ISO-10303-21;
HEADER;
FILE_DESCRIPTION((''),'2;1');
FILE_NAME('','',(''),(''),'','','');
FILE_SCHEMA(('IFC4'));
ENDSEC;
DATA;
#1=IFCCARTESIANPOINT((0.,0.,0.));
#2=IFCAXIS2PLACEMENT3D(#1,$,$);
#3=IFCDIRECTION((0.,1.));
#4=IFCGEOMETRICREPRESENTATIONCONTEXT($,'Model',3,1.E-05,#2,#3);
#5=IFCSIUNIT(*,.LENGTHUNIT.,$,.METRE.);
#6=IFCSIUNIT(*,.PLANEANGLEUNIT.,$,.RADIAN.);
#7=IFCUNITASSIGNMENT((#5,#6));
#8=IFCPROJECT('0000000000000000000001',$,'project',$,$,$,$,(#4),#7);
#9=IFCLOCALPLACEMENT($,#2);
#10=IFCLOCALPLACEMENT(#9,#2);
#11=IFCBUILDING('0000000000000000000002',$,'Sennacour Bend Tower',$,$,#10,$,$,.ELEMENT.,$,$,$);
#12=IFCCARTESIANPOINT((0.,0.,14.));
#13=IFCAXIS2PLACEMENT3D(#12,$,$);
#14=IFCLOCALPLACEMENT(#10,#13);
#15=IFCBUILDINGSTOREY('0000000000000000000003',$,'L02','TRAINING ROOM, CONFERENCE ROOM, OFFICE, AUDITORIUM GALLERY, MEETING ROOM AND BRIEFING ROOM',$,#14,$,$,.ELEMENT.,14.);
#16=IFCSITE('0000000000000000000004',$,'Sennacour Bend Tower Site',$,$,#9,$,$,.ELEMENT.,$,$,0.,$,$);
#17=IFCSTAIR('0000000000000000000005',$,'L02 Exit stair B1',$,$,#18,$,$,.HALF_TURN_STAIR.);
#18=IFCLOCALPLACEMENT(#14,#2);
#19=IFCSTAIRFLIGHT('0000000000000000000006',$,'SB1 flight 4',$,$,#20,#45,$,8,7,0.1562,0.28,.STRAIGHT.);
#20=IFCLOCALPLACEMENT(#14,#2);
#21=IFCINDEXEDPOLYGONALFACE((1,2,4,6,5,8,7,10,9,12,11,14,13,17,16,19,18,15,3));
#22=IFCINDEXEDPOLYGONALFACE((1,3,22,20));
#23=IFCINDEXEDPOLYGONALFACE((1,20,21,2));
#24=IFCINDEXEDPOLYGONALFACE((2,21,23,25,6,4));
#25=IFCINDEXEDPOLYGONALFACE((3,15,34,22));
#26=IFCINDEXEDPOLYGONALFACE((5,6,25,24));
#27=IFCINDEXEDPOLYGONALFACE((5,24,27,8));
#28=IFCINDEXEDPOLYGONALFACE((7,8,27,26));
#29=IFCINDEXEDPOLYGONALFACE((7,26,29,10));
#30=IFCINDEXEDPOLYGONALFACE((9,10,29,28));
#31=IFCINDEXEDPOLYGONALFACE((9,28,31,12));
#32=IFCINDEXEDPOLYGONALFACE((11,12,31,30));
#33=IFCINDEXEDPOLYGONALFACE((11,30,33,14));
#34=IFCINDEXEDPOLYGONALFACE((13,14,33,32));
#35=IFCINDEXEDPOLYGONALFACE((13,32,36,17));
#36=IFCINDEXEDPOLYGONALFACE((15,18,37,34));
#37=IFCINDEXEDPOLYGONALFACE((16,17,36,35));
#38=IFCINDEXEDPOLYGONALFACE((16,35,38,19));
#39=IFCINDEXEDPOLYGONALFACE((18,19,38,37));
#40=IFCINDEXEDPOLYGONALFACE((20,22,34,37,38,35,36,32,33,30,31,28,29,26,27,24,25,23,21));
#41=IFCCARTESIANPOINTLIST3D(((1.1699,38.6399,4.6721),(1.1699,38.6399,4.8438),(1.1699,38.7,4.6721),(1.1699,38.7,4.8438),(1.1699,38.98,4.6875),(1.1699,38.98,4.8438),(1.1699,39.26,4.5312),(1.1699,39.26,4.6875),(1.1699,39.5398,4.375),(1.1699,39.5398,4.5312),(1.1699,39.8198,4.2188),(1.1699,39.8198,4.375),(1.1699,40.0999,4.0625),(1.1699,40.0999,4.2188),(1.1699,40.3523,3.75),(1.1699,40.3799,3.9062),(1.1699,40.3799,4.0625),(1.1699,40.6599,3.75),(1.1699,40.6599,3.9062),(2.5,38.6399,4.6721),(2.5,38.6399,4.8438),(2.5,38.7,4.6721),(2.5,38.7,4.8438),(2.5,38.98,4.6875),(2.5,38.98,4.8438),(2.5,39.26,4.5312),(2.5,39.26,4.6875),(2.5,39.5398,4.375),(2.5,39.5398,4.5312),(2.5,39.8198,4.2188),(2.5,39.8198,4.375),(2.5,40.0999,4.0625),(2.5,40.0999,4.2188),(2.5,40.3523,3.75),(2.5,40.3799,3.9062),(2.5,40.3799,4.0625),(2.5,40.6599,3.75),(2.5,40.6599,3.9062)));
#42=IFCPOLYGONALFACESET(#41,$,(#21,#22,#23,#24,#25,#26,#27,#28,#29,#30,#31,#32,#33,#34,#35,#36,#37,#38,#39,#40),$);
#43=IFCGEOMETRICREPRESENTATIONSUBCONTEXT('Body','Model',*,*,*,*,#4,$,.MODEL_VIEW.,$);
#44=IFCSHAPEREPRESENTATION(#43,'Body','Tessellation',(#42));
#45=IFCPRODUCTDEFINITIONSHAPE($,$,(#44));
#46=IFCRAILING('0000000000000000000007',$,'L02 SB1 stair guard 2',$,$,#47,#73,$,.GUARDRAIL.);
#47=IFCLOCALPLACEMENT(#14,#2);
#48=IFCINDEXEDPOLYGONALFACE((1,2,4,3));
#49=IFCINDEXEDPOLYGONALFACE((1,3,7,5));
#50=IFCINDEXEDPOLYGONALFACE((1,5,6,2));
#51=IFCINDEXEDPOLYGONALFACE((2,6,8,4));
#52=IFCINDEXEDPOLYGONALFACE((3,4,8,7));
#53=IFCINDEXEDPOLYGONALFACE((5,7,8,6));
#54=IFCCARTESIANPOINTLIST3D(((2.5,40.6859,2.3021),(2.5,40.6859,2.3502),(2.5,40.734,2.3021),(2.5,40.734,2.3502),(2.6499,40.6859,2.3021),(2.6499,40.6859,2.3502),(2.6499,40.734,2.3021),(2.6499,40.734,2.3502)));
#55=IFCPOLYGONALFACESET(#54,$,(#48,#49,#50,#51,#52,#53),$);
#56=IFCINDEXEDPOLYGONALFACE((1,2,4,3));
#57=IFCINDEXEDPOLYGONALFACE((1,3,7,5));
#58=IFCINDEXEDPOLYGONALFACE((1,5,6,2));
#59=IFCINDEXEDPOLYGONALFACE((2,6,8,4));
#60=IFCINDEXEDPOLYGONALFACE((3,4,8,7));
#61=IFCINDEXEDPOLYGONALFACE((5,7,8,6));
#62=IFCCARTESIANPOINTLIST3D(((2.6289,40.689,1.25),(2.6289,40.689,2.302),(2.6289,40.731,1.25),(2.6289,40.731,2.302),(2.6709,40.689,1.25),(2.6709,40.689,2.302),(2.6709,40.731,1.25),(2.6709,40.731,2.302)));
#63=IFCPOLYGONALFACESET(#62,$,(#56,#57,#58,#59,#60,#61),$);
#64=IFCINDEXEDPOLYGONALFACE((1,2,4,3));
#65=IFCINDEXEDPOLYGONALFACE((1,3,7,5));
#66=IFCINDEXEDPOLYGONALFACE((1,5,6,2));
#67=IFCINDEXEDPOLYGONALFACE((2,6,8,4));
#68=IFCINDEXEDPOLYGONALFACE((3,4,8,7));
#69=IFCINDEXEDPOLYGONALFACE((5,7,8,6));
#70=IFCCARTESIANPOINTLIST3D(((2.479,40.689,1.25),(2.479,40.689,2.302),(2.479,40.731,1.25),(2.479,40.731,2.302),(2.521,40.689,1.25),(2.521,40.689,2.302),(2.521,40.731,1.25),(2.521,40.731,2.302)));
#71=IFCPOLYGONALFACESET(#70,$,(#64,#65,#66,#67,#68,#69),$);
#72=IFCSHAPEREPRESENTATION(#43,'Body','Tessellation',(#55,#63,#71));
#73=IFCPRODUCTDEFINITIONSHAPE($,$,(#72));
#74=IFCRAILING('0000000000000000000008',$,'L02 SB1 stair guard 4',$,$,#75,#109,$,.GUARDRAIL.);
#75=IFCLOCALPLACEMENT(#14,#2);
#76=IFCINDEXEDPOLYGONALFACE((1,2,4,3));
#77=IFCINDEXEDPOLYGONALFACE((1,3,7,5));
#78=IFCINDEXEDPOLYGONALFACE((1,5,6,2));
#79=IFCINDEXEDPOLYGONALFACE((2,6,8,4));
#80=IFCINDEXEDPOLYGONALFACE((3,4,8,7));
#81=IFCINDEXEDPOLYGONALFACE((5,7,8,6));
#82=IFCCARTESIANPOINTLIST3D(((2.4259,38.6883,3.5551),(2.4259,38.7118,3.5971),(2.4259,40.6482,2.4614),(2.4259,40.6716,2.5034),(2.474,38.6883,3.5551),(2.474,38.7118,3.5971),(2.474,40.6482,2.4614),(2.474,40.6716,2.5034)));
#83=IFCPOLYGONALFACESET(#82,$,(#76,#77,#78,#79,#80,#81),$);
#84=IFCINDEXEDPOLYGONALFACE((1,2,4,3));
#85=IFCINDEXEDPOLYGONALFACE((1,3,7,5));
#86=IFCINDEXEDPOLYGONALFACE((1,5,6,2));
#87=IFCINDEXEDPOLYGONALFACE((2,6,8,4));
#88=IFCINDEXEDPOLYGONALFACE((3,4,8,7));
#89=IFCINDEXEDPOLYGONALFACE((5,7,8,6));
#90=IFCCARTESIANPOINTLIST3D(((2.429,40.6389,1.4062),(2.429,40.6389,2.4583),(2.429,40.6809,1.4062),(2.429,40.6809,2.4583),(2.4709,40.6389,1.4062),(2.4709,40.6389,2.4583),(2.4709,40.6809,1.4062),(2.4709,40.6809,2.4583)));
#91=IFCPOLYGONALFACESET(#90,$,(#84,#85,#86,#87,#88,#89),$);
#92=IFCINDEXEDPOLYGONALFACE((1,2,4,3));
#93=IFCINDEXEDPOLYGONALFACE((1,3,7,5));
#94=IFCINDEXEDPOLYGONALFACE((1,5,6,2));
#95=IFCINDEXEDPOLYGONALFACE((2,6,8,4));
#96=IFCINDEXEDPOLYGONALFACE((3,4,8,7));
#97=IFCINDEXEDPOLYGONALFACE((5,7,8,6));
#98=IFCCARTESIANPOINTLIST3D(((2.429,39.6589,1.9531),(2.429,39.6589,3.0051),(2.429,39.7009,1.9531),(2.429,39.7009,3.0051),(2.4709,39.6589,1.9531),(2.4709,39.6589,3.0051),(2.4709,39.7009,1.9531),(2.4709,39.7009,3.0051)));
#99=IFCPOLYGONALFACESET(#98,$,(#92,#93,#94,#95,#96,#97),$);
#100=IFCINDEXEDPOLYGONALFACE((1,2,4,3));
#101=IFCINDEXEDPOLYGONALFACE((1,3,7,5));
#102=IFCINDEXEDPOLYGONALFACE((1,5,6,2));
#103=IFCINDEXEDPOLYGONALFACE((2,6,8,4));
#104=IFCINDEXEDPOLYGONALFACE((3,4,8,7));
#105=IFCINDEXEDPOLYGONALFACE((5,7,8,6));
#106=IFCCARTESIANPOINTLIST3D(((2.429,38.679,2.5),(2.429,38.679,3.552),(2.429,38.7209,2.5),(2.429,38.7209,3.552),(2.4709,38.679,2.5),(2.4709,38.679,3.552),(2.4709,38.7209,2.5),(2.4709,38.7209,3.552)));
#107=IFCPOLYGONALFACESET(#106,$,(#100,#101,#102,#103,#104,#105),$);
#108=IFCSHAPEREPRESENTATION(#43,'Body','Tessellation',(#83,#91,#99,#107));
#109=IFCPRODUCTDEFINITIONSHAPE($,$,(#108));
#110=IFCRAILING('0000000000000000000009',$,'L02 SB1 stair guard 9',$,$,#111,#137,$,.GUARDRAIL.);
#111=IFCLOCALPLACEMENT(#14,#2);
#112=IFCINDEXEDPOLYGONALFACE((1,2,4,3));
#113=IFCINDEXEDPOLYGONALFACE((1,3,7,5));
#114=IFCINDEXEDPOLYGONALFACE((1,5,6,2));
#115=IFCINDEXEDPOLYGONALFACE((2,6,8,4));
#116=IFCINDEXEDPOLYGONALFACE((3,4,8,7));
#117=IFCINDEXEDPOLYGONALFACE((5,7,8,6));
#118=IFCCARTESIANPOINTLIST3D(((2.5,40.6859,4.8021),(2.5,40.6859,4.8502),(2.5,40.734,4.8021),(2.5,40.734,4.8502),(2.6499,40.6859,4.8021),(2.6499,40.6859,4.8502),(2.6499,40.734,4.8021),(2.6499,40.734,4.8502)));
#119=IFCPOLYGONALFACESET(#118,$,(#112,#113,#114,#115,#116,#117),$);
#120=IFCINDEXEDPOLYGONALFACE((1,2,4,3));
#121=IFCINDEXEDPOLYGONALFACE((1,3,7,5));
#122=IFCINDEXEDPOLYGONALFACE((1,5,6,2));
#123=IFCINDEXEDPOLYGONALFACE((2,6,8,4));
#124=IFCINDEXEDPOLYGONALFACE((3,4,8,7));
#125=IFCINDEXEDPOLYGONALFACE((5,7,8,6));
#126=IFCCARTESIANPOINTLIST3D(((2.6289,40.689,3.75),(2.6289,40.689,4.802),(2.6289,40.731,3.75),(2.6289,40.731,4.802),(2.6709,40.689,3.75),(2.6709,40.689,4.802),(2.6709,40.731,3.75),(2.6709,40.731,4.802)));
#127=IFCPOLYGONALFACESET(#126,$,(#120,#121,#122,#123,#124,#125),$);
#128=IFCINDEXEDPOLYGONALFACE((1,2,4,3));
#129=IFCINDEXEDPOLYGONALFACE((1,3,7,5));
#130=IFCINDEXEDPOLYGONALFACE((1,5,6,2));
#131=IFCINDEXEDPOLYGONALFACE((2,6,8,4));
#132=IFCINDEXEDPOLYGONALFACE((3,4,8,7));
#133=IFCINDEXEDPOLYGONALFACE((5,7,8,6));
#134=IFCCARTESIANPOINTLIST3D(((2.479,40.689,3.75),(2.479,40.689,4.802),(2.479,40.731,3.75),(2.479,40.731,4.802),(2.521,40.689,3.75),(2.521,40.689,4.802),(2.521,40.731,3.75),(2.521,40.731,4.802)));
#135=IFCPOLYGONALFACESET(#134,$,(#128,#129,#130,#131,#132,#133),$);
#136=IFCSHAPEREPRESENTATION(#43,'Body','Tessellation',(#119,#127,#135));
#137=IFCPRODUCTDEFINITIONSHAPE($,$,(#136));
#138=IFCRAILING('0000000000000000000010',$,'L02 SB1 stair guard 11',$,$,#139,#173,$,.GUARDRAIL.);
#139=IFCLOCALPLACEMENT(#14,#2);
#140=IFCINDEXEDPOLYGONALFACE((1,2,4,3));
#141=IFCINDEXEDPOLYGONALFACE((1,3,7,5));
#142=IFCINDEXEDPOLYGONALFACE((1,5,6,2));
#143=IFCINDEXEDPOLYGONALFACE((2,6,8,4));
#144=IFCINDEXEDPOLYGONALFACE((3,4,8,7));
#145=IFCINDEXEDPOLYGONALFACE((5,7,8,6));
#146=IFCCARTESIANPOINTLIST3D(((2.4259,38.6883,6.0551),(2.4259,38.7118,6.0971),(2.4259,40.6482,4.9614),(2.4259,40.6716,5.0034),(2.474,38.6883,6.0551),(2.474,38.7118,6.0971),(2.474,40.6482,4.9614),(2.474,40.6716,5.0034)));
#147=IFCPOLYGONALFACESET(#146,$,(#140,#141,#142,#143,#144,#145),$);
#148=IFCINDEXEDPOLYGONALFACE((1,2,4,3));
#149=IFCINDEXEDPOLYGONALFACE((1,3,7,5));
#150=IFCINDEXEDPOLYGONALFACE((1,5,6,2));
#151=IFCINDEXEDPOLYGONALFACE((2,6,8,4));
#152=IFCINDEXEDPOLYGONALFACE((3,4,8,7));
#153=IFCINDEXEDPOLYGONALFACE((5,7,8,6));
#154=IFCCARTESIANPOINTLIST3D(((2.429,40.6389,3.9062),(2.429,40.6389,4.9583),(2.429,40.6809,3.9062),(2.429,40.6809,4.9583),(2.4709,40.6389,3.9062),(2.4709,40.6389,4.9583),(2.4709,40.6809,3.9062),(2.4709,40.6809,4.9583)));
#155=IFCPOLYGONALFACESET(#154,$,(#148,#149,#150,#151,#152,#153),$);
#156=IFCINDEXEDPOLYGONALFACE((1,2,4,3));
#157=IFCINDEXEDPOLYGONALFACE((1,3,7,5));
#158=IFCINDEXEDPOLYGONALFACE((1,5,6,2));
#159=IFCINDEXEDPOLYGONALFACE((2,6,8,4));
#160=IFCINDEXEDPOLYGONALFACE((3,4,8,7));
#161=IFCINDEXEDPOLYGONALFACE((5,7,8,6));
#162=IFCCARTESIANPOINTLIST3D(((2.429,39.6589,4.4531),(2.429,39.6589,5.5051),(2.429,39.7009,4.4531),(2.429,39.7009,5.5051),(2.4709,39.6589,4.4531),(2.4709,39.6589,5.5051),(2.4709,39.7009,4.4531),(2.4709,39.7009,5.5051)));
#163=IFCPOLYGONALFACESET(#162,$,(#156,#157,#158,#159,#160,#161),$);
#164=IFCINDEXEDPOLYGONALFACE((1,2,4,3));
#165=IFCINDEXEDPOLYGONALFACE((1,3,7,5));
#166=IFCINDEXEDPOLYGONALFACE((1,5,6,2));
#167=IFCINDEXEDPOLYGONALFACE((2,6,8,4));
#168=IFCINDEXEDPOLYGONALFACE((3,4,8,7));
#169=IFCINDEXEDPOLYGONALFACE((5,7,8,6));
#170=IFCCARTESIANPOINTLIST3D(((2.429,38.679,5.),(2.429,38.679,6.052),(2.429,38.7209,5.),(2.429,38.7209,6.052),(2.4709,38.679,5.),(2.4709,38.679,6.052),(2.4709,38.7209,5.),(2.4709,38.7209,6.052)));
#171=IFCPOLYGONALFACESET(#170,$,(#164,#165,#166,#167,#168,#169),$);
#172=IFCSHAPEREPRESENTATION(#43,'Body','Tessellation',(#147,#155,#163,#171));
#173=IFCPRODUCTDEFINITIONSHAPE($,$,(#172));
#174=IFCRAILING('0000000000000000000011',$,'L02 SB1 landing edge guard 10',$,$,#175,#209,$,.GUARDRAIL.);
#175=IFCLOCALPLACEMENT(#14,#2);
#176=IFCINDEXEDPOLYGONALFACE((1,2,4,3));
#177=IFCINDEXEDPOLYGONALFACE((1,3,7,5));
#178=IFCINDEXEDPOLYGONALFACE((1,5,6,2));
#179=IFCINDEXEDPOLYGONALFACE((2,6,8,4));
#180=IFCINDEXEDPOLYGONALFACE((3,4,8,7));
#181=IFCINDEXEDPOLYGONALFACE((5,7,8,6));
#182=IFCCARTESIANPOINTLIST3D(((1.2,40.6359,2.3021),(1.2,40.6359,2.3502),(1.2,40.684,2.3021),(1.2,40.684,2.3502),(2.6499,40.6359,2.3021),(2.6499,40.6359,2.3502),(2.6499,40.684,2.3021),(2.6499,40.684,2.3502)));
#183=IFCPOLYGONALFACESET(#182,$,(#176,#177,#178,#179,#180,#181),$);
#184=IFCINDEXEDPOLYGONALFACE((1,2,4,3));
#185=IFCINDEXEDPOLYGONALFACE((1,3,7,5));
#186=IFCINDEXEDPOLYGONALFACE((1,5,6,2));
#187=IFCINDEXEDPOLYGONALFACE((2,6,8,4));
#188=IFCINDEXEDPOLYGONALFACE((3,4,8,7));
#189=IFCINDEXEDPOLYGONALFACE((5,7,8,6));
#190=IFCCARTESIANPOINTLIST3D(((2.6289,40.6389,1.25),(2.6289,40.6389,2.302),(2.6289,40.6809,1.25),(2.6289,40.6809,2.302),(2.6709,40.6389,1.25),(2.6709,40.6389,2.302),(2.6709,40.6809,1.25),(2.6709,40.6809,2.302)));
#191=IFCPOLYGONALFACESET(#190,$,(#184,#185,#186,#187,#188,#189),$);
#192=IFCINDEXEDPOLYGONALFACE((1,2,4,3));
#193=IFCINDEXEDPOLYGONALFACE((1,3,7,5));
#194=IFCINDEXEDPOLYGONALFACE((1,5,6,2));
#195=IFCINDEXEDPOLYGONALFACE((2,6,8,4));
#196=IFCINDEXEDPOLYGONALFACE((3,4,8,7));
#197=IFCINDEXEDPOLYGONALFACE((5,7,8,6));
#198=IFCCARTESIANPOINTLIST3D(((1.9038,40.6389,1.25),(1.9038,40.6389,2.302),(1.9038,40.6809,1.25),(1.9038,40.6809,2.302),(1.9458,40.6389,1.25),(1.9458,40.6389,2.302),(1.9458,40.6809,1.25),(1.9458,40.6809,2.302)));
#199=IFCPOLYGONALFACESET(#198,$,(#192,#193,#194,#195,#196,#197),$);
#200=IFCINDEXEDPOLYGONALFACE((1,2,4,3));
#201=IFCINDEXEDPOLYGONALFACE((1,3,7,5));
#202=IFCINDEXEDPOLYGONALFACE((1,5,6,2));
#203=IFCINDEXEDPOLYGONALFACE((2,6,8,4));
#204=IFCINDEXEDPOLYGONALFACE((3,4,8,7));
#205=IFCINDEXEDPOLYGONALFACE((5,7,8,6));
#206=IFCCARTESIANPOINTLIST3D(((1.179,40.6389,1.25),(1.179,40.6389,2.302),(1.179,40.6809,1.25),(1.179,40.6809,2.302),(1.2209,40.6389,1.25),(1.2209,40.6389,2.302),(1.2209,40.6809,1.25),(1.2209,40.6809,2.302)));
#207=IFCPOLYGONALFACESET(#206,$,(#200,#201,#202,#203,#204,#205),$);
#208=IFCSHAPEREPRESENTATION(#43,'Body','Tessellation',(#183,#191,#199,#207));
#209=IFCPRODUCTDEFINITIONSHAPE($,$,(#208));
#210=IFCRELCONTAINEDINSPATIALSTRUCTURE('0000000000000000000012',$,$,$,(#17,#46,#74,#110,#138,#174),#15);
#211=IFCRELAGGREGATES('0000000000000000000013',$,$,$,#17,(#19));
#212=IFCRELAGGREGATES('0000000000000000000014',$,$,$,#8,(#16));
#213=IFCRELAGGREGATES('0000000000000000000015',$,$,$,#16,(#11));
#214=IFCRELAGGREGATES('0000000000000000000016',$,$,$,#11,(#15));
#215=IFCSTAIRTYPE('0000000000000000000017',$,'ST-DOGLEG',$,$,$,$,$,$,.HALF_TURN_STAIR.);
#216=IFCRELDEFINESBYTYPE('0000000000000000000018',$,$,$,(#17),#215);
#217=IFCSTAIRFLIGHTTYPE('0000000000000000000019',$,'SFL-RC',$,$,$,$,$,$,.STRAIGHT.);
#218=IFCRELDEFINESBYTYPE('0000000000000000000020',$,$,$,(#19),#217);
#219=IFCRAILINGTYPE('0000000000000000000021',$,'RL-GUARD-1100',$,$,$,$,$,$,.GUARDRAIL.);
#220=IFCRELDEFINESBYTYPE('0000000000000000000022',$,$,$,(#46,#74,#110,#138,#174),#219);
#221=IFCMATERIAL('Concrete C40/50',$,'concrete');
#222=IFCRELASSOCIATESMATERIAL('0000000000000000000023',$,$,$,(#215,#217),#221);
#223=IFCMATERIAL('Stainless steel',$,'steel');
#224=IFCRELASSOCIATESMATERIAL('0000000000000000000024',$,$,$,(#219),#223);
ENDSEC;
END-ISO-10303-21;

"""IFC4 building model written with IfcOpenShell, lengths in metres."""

from ifc_helpers import new_model, si_unit, direction, frame, origin, origin_2d, place, context, subcontext, project, spatial, polyline, rectangle, outline, extrude, material, type_object, element, aggregate, save


model = new_model("IFC4")

# Units and contexts
model_context = context("Model", 3, precision=1e-05, world=origin(), true_north=direction((0.0, 1.0)))
body_context = subcontext(model_context, "Body", "Model", "MODEL_VIEW")
ifc_project = project(units=[si_unit("LENGTHUNIT", "METRE"), si_unit("PLANEANGLEUNIT", "RADIAN")], contexts=[model_context])

# Site, building, storey
site_placement = place(None, origin())
site = spatial("IfcSite", under=ifc_project, at=site_placement, Name="Sennacour Bend Tower Site", CompositionType="ELEMENT", RefElevation=0.0)
building_placement = place(site_placement, origin())
building = spatial("IfcBuilding", under=site, at=building_placement, Name="Sennacour Bend Tower", CompositionType="ELEMENT")
storey_placement = place(building_placement, frame((0.0, 0.0, 14.0)))
storey = spatial("IfcBuildingStorey", under=building, at=storey_placement, Name="L02", Description="TRAINING ROOM, CONFERENCE ROOM, OFFICE, AUDITORIUM GALLERY, MEETING ROOM AND BRIEFING ROOM", CompositionType="ELEMENT", Elevation=14.0)

# Stair, stair flight
ifc_material_1 = material(Name="Concrete C40/50", Category="concrete")
stair_type = type_object("IfcStairType", Name="ST-DOGLEG", PredefinedType="HALF_TURN_STAIR", material=ifc_material_1)
stair_placement = place(storey_placement, origin())
stair = element("IfcStair", 1, at=stair_placement, inside=storey, type_object=stair_type, Name="L02 Exit stair B1", PredefinedType="HALF_TURN_STAIR")
stair_flight_type = type_object("IfcStairFlightType", Name="SFL-RC", PredefinedType="STRAIGHT", material=ifc_material_1)
stair_flight_1_placement = place(storey_placement, frame((1.835, 40.6599, 3.75), z_axis=(0.0, 0.0, 1.0), x_axis=(0.0, -1.0, 0.0)))
stair_flight_1 = element("IfcStairFlight", 2, at=stair_flight_1_placement, type_object=stair_flight_type, Name="SB1 flight 4", NumberOfRisers=8, NumberOfTreads=7, PredefinedType="STRAIGHT", RiserHeight=0.1562, TreadLength=0.28, context=body_context, shape_type="SweptSolid", body=[
    extrude(outline(polyline([(0.0, 0.0), (0.0, 0.1562), (0.28, 0.1562), (0.28, 0.3125), (0.5601, 0.3125), (0.5601, 0.4688), (0.8401, 0.4688), (0.8401, 0.625), (1.1201, 0.625), (1.1201, 0.7812), (1.3999, 0.7812), (1.3999, 0.9375), (1.6799, 0.9375), (1.6799, 1.0938), (1.96, 1.0938), (2.02, 1.0938), (2.02, 0.9221), (1.96, 0.9221), (0.3076, 0.0), (0.0, 0.0)])), frame((0.0, 0.665, 0.0), z_axis=(0.0, -1.0, 0.0), x_axis=(1.0, 0.0, 0.0)), (0.0, 0.0, 1.0), 1.3301),
])
aggregate(stair, [stair_flight_1])

# Railings
ifc_material_2 = material(Name="Stainless steel", Category="steel")
railing_type_1 = type_object("IfcRailingType", Name="RL-GUARD-1100", PredefinedType="GUARDRAIL", material=ifc_material_2)
railing_1_placement = place(storey_placement, frame((2.6499, 40.71, 1.25)))
element("IfcRailing", 3, at=railing_1_placement, inside=storey, type_object=railing_type_1, Name="L02 SB1 stair guard 2", PredefinedType="GUARDRAIL", context=body_context, shape_type="SweptSolid", body=[
    extrude(rectangle(XDim=0.0481, YDim=0.0481, at=origin_2d()), frame((0.0, 0.0, 1.0762), z_axis=(-1.0, 0.0, 0.0), x_axis=(0.0, -1.0, 0.0)), (0.0, 0.0, 1.0), 0.1499),
    extrude(rectangle(XDim=0.042, YDim=0.042, at=origin_2d()), origin(), (0.0, 0.0, 1.0), 1.052),
    extrude(rectangle(XDim=0.042, YDim=0.042, at=origin_2d()), frame((-0.1499, 0.0, 0.0)), (0.0, 0.0, 1.0), 1.052),
])
railing_2_placement = place(storey_placement, frame((2.45, 40.6599, 1.4062)))
element("IfcRailing", 4, at=railing_2_placement, inside=storey, type_object=railing_type_1, Name="L02 SB1 stair guard 4", PredefinedType="GUARDRAIL", context=body_context, shape_type="SweptSolid", body=[
    extrude(rectangle(XDim=0.0481, YDim=0.0481, at=origin_2d()), frame((0.0, 0.0, 1.0762), z_axis=(0.0, -0.873232, 0.487304), x_axis=(1.0, 0.0, 0.0)), (0.0, 0.0, 1.0), 2.2444),
    extrude(rectangle(XDim=0.042, YDim=0.042, at=origin_2d()), origin(), (0.0, 0.0, 1.0), 1.052),
    extrude(rectangle(XDim=0.042, YDim=0.042, at=origin_2d()), frame((0.0, -0.98, 0.5469)), (0.0, 0.0, 1.0), 1.052),
    extrude(rectangle(XDim=0.042, YDim=0.042, at=origin_2d()), frame((0.0, -1.96, 1.0938)), (0.0, 0.0, 1.0), 1.052),
])
railing_3_placement = place(storey_placement, frame((2.6499, 40.71, 3.75)))
element("IfcRailing", 5, at=railing_3_placement, inside=storey, type_object=railing_type_1, Name="L02 SB1 stair guard 9", PredefinedType="GUARDRAIL", context=body_context, shape_type="SweptSolid", body=[
    extrude(rectangle(XDim=0.0481, YDim=0.0481, at=origin_2d()), frame((0.0, 0.0, 1.0762), z_axis=(-1.0, 0.0, 0.0), x_axis=(0.0, -1.0, 0.0)), (0.0, 0.0, 1.0), 0.1499),
    extrude(rectangle(XDim=0.042, YDim=0.042, at=origin_2d()), origin(), (0.0, 0.0, 1.0), 1.052),
    extrude(rectangle(XDim=0.042, YDim=0.042, at=origin_2d()), frame((-0.1499, 0.0, 0.0)), (0.0, 0.0, 1.0), 1.052),
])
railing_4_placement = place(storey_placement, frame((2.45, 40.6599, 3.9062)))
element("IfcRailing", 6, at=railing_4_placement, inside=storey, type_object=railing_type_1, Name="L02 SB1 stair guard 11", PredefinedType="GUARDRAIL", context=body_context, shape_type="SweptSolid", body=[
    extrude(rectangle(XDim=0.0481, YDim=0.0481, at=origin_2d()), frame((0.0, 0.0, 1.0762), z_axis=(0.0, -0.873232, 0.487304), x_axis=(1.0, 0.0, 0.0)), (0.0, 0.0, 1.0), 2.2444),
    extrude(rectangle(XDim=0.042, YDim=0.042, at=origin_2d()), origin(), (0.0, 0.0, 1.0), 1.052),
    extrude(rectangle(XDim=0.042, YDim=0.042, at=origin_2d()), frame((0.0, -0.98, 0.5469)), (0.0, 0.0, 1.0), 1.052),
    extrude(rectangle(XDim=0.042, YDim=0.042, at=origin_2d()), frame((0.0, -1.96, 1.0938)), (0.0, 0.0, 1.0), 1.052),
])
for number, where, name in (
    (7, (2.6499, 40.6599, 1.25), "L02 SB1 landing edge guard 10"),
):
    element("IfcRailing", number, at=place(storey_placement, frame(where)), inside=storey, type_object=railing_type_1, Name=name, PredefinedType="GUARDRAIL", context=body_context, shape_type="SweptSolid", body=[
        extrude(rectangle(XDim=0.0481, YDim=0.0481, at=origin_2d()), frame((0.0, 0.0, 1.0762), z_axis=(-1.0, 0.0, 0.0), x_axis=(0.0, -1.0, 0.0)), (0.0, 0.0, 1.0), 1.45),
        extrude(rectangle(XDim=0.042, YDim=0.042, at=origin_2d()), origin(), (0.0, 0.0, 1.0), 1.052),
        extrude(rectangle(XDim=0.042, YDim=0.042, at=origin_2d()), frame((-0.7251, 0.0, 0.0)), (0.0, 0.0, 1.0), 1.052),
        extrude(rectangle(XDim=0.042, YDim=0.042, at=origin_2d()), frame((-1.45, 0.0, 0.0)), (0.0, 0.0, 1.0), 1.052),
    ])

save(model, "model.ifc")
